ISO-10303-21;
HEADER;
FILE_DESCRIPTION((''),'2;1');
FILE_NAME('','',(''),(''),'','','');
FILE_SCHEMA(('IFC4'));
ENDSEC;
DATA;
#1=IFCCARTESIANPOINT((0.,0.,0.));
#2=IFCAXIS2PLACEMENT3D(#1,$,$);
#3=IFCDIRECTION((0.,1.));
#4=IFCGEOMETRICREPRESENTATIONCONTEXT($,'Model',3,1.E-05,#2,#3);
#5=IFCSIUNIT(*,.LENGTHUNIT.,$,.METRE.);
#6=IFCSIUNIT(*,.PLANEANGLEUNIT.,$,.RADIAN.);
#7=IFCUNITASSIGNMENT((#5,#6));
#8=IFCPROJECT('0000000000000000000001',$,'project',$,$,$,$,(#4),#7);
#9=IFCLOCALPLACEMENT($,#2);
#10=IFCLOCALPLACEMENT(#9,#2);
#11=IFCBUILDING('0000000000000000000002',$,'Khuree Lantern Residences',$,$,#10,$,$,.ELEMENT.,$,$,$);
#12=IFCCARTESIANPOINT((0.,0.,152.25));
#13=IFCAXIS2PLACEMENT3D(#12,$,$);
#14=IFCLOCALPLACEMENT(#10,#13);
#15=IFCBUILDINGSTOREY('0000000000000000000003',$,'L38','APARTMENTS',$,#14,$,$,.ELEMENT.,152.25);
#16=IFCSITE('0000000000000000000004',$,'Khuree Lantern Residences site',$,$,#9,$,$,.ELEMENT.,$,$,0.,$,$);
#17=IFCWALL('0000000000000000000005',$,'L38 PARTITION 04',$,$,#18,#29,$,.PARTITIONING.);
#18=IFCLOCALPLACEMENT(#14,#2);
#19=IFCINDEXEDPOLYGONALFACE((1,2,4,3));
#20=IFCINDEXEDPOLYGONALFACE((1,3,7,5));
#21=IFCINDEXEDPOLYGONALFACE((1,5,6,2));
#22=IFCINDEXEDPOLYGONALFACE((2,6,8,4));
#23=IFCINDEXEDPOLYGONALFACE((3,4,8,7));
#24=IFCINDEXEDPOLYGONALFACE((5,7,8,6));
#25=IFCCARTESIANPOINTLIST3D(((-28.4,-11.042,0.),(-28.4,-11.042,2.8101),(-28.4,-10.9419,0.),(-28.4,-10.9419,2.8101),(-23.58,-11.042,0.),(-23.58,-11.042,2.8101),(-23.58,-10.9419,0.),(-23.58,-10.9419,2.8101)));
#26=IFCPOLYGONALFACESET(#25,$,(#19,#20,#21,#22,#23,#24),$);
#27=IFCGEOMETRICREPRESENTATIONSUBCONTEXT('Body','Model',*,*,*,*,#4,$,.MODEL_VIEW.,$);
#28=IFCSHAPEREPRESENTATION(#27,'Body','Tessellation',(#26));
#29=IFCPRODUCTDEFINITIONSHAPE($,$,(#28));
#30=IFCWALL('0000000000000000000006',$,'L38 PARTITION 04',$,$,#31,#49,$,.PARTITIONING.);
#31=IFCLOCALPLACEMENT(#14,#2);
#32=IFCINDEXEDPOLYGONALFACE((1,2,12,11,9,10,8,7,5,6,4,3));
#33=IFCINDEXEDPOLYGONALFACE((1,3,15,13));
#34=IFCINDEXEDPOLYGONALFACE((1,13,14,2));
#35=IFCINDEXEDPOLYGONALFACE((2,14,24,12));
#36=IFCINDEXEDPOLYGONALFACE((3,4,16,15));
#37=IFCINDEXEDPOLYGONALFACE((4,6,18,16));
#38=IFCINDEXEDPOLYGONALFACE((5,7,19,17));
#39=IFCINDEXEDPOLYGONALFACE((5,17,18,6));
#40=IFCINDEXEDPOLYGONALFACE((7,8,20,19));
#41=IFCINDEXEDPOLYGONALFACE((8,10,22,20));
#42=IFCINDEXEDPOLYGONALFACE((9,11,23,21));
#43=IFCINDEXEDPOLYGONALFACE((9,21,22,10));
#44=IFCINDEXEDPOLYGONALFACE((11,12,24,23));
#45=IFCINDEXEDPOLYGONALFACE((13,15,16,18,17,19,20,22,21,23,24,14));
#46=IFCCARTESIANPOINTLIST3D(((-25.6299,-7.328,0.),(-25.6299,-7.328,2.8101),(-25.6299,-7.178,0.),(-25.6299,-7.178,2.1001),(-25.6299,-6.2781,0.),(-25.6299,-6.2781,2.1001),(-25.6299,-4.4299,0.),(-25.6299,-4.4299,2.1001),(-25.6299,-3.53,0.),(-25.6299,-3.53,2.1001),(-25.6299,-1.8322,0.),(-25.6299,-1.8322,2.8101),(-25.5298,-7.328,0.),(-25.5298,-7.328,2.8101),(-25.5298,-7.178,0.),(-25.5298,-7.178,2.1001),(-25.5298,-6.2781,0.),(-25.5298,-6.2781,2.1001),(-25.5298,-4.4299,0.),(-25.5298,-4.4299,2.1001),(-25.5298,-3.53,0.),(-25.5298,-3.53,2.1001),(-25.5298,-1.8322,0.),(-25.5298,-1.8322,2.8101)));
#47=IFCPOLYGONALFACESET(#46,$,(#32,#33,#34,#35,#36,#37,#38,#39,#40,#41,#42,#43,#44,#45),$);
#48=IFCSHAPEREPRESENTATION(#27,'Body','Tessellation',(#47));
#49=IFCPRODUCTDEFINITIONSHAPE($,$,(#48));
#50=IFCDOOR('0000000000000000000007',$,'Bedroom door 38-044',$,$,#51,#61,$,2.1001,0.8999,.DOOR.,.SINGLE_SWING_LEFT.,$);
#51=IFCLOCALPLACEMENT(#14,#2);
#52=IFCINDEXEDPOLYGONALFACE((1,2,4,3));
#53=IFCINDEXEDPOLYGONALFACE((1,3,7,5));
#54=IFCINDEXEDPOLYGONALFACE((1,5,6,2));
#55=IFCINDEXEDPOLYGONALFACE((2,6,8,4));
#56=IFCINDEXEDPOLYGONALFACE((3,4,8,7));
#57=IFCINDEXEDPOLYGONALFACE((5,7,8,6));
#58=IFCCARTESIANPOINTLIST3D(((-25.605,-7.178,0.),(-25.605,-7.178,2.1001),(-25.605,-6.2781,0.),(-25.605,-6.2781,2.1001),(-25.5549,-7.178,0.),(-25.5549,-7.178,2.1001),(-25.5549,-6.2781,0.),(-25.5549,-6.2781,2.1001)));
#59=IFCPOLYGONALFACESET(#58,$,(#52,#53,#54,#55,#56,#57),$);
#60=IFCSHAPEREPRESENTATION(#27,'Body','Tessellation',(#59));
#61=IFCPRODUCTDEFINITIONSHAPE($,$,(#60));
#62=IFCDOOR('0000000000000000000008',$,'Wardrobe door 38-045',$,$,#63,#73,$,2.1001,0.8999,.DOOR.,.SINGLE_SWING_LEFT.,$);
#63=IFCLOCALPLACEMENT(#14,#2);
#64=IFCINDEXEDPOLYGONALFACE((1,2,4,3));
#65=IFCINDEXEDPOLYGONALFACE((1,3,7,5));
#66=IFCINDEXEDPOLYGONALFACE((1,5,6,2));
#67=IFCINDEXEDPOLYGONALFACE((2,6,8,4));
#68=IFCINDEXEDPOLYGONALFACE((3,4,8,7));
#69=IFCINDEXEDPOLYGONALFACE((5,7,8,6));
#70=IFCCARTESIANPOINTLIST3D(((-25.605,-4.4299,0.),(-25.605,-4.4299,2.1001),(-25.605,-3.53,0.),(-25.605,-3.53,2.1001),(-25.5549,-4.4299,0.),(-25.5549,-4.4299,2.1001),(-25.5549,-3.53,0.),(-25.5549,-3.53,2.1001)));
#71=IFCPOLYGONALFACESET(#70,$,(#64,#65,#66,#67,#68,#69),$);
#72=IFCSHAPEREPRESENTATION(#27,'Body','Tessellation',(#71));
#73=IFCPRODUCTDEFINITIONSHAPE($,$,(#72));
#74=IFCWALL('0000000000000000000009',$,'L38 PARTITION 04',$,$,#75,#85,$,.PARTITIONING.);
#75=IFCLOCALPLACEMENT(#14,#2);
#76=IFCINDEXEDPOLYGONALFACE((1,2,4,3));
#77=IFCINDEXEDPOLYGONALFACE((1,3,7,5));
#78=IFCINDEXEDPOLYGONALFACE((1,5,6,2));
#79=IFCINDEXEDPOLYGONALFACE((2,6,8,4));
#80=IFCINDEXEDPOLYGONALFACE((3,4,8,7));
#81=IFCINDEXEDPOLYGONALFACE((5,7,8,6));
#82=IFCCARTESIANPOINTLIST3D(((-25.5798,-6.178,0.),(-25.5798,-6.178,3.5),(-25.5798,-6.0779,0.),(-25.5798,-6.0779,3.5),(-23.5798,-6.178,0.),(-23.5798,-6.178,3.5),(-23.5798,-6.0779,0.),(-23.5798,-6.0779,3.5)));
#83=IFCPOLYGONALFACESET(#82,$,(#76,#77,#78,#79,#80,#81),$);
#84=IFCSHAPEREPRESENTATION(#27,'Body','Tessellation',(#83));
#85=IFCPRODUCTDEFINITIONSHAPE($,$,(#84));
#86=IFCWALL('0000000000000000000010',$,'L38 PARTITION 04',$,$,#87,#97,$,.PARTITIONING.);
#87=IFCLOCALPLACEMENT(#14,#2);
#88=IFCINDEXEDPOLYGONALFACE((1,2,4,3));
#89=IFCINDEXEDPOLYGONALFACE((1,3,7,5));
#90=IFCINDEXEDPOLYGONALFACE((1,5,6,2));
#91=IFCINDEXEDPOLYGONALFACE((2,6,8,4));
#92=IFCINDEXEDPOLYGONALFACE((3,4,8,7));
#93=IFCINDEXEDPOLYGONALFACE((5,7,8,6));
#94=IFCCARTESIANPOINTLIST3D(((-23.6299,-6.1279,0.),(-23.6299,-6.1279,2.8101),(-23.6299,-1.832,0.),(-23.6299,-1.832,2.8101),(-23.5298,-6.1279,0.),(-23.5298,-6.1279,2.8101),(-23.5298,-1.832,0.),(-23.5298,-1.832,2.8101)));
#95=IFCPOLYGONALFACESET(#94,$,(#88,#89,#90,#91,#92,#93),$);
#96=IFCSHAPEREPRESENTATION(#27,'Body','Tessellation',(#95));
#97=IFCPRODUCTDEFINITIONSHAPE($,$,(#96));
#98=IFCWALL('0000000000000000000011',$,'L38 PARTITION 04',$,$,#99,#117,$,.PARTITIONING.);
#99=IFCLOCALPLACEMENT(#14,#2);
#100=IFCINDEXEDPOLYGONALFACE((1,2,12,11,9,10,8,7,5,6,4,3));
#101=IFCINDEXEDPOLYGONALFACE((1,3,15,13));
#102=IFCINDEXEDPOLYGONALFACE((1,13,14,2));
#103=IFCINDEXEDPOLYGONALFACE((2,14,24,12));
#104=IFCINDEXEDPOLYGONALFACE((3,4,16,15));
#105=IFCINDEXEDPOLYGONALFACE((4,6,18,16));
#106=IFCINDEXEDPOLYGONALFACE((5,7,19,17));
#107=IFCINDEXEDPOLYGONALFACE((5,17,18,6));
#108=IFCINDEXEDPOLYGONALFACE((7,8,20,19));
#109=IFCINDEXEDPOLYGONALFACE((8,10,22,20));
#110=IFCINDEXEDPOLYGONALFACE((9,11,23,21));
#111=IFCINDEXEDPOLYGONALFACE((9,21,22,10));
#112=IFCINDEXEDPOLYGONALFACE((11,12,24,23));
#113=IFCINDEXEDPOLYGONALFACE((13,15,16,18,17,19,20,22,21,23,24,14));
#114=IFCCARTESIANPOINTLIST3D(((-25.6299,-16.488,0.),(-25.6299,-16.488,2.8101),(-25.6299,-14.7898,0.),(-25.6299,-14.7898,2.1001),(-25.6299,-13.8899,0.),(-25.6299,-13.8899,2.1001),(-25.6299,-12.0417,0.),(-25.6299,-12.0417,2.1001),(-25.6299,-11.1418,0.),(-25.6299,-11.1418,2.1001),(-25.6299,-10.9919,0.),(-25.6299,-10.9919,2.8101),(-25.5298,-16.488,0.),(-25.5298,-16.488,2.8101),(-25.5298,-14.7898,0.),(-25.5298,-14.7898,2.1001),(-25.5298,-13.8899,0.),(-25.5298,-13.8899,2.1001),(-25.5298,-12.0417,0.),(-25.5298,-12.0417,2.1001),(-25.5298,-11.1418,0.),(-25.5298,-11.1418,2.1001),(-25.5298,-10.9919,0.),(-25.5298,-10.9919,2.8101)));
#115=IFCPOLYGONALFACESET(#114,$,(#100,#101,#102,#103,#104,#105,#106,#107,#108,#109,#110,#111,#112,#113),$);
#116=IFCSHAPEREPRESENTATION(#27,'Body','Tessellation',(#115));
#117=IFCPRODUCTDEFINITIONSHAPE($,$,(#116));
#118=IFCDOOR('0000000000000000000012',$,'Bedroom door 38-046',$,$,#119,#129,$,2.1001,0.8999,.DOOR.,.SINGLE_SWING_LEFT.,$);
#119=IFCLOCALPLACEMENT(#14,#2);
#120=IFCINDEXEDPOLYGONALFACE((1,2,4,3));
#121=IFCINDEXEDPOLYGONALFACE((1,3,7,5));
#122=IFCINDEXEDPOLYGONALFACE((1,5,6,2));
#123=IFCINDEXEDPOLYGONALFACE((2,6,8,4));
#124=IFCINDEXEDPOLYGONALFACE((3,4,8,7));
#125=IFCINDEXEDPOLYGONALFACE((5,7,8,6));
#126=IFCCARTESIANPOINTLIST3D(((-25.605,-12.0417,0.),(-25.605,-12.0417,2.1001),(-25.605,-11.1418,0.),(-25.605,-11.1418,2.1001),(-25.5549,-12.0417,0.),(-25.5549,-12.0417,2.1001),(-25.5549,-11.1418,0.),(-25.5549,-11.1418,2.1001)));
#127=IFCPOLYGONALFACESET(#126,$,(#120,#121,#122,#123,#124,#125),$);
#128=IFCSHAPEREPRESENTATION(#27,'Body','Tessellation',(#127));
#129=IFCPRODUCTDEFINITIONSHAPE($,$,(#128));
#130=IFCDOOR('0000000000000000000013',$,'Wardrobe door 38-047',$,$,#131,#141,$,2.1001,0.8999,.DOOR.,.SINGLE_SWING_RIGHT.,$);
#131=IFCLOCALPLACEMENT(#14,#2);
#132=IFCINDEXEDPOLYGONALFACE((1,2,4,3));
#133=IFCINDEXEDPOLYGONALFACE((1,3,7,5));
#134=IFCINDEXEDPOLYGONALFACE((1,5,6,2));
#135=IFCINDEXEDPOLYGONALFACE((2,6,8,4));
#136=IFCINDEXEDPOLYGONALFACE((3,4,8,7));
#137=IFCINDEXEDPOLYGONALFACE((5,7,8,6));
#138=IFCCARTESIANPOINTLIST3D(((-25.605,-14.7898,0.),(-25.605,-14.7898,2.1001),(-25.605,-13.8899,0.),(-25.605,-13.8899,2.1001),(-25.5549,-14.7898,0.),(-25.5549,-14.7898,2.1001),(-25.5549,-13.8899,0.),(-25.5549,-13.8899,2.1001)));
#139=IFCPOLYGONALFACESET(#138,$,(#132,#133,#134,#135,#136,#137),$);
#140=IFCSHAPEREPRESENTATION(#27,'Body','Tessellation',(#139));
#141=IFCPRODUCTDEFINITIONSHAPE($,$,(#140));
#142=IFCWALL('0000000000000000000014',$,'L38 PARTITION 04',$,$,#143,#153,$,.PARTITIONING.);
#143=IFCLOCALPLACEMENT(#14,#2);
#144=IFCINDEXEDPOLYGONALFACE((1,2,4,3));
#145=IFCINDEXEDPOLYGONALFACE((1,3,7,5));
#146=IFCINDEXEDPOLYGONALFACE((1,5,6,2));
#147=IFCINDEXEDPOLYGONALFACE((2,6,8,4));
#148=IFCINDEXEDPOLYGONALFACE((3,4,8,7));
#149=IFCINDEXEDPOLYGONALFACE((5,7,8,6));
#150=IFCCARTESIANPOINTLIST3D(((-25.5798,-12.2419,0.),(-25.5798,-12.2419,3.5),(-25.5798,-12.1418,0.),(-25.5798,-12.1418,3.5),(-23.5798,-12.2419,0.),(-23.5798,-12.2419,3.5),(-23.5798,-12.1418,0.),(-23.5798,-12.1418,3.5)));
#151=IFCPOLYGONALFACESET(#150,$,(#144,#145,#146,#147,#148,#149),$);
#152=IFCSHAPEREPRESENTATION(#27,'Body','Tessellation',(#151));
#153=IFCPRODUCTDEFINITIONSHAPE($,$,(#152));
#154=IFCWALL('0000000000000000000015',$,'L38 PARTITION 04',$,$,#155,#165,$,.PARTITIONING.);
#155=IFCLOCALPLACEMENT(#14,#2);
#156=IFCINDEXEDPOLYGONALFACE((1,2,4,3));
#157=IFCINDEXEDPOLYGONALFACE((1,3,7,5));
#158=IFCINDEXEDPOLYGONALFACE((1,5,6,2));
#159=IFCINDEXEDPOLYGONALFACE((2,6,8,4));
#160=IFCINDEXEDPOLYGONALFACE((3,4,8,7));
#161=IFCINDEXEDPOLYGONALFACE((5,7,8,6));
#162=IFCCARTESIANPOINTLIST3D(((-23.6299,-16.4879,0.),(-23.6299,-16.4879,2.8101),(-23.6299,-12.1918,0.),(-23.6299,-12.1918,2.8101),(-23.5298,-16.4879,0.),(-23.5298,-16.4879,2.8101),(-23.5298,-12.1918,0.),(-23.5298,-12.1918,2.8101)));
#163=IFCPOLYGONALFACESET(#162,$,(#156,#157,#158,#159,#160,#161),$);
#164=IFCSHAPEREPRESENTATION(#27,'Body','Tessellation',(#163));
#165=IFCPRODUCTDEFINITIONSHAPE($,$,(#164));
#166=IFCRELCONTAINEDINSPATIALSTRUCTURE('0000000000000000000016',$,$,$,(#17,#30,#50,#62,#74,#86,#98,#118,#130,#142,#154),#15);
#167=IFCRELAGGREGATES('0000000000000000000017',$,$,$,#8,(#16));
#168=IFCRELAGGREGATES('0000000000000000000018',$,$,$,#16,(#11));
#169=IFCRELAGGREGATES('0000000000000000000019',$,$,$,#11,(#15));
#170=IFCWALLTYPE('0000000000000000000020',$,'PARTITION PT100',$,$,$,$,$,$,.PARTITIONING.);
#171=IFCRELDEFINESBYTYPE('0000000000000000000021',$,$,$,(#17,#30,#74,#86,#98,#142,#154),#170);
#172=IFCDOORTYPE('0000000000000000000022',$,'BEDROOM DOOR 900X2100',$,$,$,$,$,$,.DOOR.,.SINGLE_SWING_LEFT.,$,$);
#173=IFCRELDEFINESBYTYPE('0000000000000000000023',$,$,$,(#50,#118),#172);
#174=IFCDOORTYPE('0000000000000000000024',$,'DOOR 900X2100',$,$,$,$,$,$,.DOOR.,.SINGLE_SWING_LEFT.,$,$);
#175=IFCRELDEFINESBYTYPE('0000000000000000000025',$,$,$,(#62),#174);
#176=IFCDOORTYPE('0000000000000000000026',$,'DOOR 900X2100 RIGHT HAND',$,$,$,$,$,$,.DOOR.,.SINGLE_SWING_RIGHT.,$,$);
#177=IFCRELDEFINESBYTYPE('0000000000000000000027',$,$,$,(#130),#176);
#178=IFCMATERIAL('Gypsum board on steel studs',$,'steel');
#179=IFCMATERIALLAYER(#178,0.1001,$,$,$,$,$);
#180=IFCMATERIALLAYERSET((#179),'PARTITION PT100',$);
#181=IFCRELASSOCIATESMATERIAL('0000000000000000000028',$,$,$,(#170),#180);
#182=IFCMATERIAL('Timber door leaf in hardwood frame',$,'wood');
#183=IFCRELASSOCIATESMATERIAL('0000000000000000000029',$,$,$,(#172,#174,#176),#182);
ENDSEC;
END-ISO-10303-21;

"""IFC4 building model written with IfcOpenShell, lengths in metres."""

from ifc_helpers import new_model, si_unit, direction, frame, frame_2d, origin, place, context, subcontext, project, spatial, rectangle, extrude, material, layer, layer_set, type_object, element, fill, save


model = new_model("IFC4")

# Units and contexts
model_context = context("Model", 3, precision=1e-05, world=origin(), true_north=direction((0.0, 1.0)))
body_context = subcontext(model_context, "Body", "Model", "MODEL_VIEW")
ifc_project = project(units=[si_unit("LENGTHUNIT", "METRE"), si_unit("PLANEANGLEUNIT", "RADIAN")], contexts=[model_context])

# Site, building, storey
site_placement = place(None, origin())
site = spatial("IfcSite", under=ifc_project, at=site_placement, Name="Khuree Lantern Residences site", CompositionType="ELEMENT", RefElevation=0.0)
building_placement = place(site_placement, origin())
building = spatial("IfcBuilding", under=site, at=building_placement, Name="Khuree Lantern Residences", CompositionType="ELEMENT")
storey_placement = place(building_placement, frame((0.0, 0.0, 152.25)))
storey = spatial("IfcBuildingStorey", under=building, at=storey_placement, Name="L38", Description="APARTMENTS", CompositionType="ELEMENT", Elevation=152.25)

# Wall
ifc_material_1 = material(Name="Gypsum board on steel studs", Category="steel")
ifc_layer_1 = layer(ifc_material_1, 0.1001)
ifc_layer_set_1 = layer_set([ifc_layer_1], Name="PARTITION PT100")
wall_type_1 = type_object("IfcWallType", Name="PARTITION PT100", PredefinedType="PARTITIONING", material=ifc_layer_set_1)
for number, where, z_axis, x_axis, name in (
    (1, (-23.5798, -10.9919, 0.0), (0.0, 0.0, 1.0), (-1.0, 0.0, 0.0), "L38 PARTITION 04"),
):
    element("IfcWall", number, at=place(storey_placement, frame(where, z_axis=z_axis, x_axis=x_axis)), inside=storey, type_object=wall_type_1, Name=name, PredefinedType="PARTITIONING", context=body_context, shape_type="SweptSolid", body=[
        extrude(rectangle(XDim=4.8201, YDim=0.1001, at=frame_2d((2.4102, 0.0))), origin(), (0.0, 0.0, 1.0), 2.8101),
    ])

# Wall, openings, doors
wall_1_placement = place(storey_placement, frame((-25.5798, -1.832, 0.0), z_axis=(0.0, 0.0, 1.0), x_axis=(0.0, -1.0, 0.0)))
wall_1 = element("IfcWall", 2, at=wall_1_placement, inside=storey, type_object=wall_type_1, Name="L38 PARTITION 04", PredefinedType="PARTITIONING", context=body_context, shape_type="SweptSolid", body=[
    extrude(rectangle(XDim=5.4958, YDim=0.1001, at=frame_2d((2.748, 0.0))), origin(), (0.0, 0.0, 1.0), 2.8101),
])
opening_1_placement = place(wall_1_placement, frame((4.446, 0.0, 0.0)))
opening_1 = element("IfcOpeningElement", 3, at=opening_1_placement, cuts=wall_1, PredefinedType="OPENING", context=body_context, shape_type="SweptSolid", body=[
    extrude(rectangle(XDim=0.8999, YDim=2.1001, at=frame_2d((0.45, 1.05))), frame((0.0, 0.0601, 0.0), z_axis=(0.0, -1.0, 0.0), x_axis=(1.0, 0.0, 0.0)), (0.0, 0.0, 1.0), 0.1201),
])
opening_2_placement = place(wall_1_placement, frame((1.698, 0.0, 0.0)))
opening_2 = element("IfcOpeningElement", 4, at=opening_2_placement, cuts=wall_1, PredefinedType="OPENING", context=body_context, shape_type="SweptSolid", body=[
    extrude(rectangle(XDim=0.8999, YDim=2.1001, at=frame_2d((0.45, 1.05))), frame((0.0, 0.0601, 0.0), z_axis=(0.0, -1.0, 0.0), x_axis=(1.0, 0.0, 0.0)), (0.0, 0.0, 1.0), 0.1201),
])
ifc_material_2 = material(Name="Timber door leaf in hardwood frame", Category="wood")
door_type_1 = type_object("IfcDoorType", Name="BEDROOM DOOR 900X2100", OperationType="SINGLE_SWING_LEFT", PredefinedType="DOOR", material=ifc_material_2)
door_1_placement = place(opening_1_placement, origin())
door_1 = element("IfcDoor", 5, at=door_1_placement, inside=storey, type_object=door_type_1, Name="Bedroom door 38-044", OperationType="SINGLE_SWING_LEFT", OverallHeight=2.1001, OverallWidth=0.8999, PredefinedType="DOOR", context=body_context, shape_type="SweptSolid", body=[
    extrude(rectangle(XDim=0.8999, YDim=2.1001, at=frame_2d((0.45, 1.05))), frame((0.0, 0.0249, 0.0), z_axis=(0.0, -1.0, 0.0), x_axis=(1.0, 0.0, 0.0)), (0.0, 0.0, 1.0), 0.05),
])
fill(opening_1, door_1)
door_type_2 = type_object("IfcDoorType", Name="DOOR 900X2100", OperationType="SINGLE_SWING_LEFT", PredefinedType="DOOR", material=ifc_material_2)
door_2_placement = place(opening_2_placement, origin())
door_2 = element("IfcDoor", 6, at=door_2_placement, inside=storey, type_object=door_type_2, Name="Wardrobe door 38-045", OperationType="SINGLE_SWING_LEFT", OverallHeight=2.1001, OverallWidth=0.8999, PredefinedType="DOOR", context=body_context, shape_type="SweptSolid", body=[
    extrude(rectangle(XDim=0.8999, YDim=2.1001, at=frame_2d((0.45, 1.05))), frame((0.0, 0.0249, 0.0), z_axis=(0.0, -1.0, 0.0), x_axis=(1.0, 0.0, 0.0)), (0.0, 0.0, 1.0), 0.05),
])
fill(opening_2, door_2)

# Walls
wall_2_placement = place(storey_placement, frame((-23.5798, -6.1279, 0.0), z_axis=(0.0, 0.0, 1.0), x_axis=(-1.0, 0.0, 0.0)))
element("IfcWall", 7, at=wall_2_placement, inside=storey, type_object=wall_type_1, Name="L38 PARTITION 04", PredefinedType="PARTITIONING", context=body_context, shape_type="SweptSolid", body=[
    extrude(rectangle(XDim=2.0, YDim=0.1001, at=frame_2d((1.0, 0.0))), origin(), (0.0, 0.0, 1.0), 3.5),
])
wall_3_placement = place(storey_placement, frame((-23.5798, -1.832, 0.0), z_axis=(0.0, 0.0, 1.0), x_axis=(0.0, -1.0, 0.0)))
element("IfcWall", 8, at=wall_3_placement, inside=storey, type_object=wall_type_1, Name="L38 PARTITION 04", PredefinedType="PARTITIONING", context=body_context, shape_type="SweptSolid", body=[
    extrude(rectangle(XDim=4.2959, YDim=0.1001, at=frame_2d((2.1479, 0.0))), origin(), (0.0, 0.0, 1.0), 2.8101),
])

# Wall, openings, doors
wall_4_placement = place(storey_placement, frame((-25.5798, -10.9919, 0.0), z_axis=(0.0, 0.0, 1.0), x_axis=(0.0, -1.0, 0.0)))
wall_4 = element("IfcWall", 9, at=wall_4_placement, inside=storey, type_object=wall_type_1, Name="L38 PARTITION 04", PredefinedType="PARTITIONING", context=body_context, shape_type="SweptSolid", body=[
    extrude(rectangle(XDim=5.4961, YDim=0.1001, at=frame_2d((2.748, 0.0))), origin(), (0.0, 0.0, 1.0), 2.8101),
])
opening_3_placement = place(wall_4_placement, frame((0.1499, 0.0, 0.0)))
opening_3 = element("IfcOpeningElement", 10, at=opening_3_placement, cuts=wall_4, PredefinedType="OPENING", context=body_context, shape_type="SweptSolid", body=[
    extrude(rectangle(XDim=0.8999, YDim=2.1001, at=frame_2d((0.45, 1.05))), frame((0.0, 0.0601, 0.0), z_axis=(0.0, -1.0, 0.0), x_axis=(1.0, 0.0, 0.0)), (0.0, 0.0, 1.0), 0.1201),
])
opening_4_placement = place(wall_4_placement, frame((2.8979, 0.0, 0.0)))
opening_4 = element("IfcOpeningElement", 11, at=opening_4_placement, cuts=wall_4, PredefinedType="OPENING", context=body_context, shape_type="SweptSolid", body=[
    extrude(rectangle(XDim=0.8999, YDim=2.1001, at=frame_2d((0.45, 1.05))), frame((0.0, 0.0601, 0.0), z_axis=(0.0, -1.0, 0.0), x_axis=(1.0, 0.0, 0.0)), (0.0, 0.0, 1.0), 0.1201),
])
door_3_placement = place(opening_3_placement, origin())
door_3 = element("IfcDoor", 12, at=door_3_placement, inside=storey, type_object=door_type_1, Name="Bedroom door 38-046", OperationType="SINGLE_SWING_LEFT", OverallHeight=2.1001, OverallWidth=0.8999, PredefinedType="DOOR", context=body_context, shape_type="SweptSolid", body=[
    extrude(rectangle(XDim=0.8999, YDim=2.1001, at=frame_2d((0.45, 1.05))), frame((0.0, 0.0249, 0.0), z_axis=(0.0, -1.0, 0.0), x_axis=(1.0, 0.0, 0.0)), (0.0, 0.0, 1.0), 0.05),
])
fill(opening_3, door_3)
door_type_3 = type_object("IfcDoorType", Name="DOOR 900X2100 RIGHT HAND", OperationType="SINGLE_SWING_RIGHT", PredefinedType="DOOR", material=ifc_material_2)
door_4_placement = place(opening_4_placement, origin())
door_4 = element("IfcDoor", 13, at=door_4_placement, inside=storey, type_object=door_type_3, Name="Wardrobe door 38-047", OperationType="SINGLE_SWING_RIGHT", OverallHeight=2.1001, OverallWidth=0.8999, PredefinedType="DOOR", context=body_context, shape_type="SweptSolid", body=[
    extrude(rectangle(XDim=0.8999, YDim=2.1001, at=frame_2d((0.45, 1.05))), frame((0.0, 0.0249, 0.0), z_axis=(0.0, -1.0, 0.0), x_axis=(1.0, 0.0, 0.0)), (0.0, 0.0, 1.0), 0.05),
])
fill(opening_4, door_4)

# Walls
wall_5_placement = place(storey_placement, frame((-23.5798, -12.1919, 0.0), z_axis=(0.0, 0.0, 1.0), x_axis=(-1.0, 0.0, 0.0)))
element("IfcWall", 14, at=wall_5_placement, inside=storey, type_object=wall_type_1, Name="L38 PARTITION 04", PredefinedType="PARTITIONING", context=body_context, shape_type="SweptSolid", body=[
    extrude(rectangle(XDim=2.0, YDim=0.1001, at=frame_2d((1.0, 0.0))), origin(), (0.0, 0.0, 1.0), 3.5),
])
wall_6_placement = place(storey_placement, frame((-23.5798, -12.1919, 0.0), z_axis=(0.0, 0.0, 1.0), x_axis=(0.0, -1.0, 0.0)))
element("IfcWall", 15, at=wall_6_placement, inside=storey, type_object=wall_type_1, Name="L38 PARTITION 04", PredefinedType="PARTITIONING", context=body_context, shape_type="SweptSolid", body=[
    extrude(rectangle(XDim=4.2961, YDim=0.1001, at=frame_2d((2.1479, 0.0))), origin(), (0.0, 0.0, 1.0), 2.8101),
])

save(model, "model.ifc")
